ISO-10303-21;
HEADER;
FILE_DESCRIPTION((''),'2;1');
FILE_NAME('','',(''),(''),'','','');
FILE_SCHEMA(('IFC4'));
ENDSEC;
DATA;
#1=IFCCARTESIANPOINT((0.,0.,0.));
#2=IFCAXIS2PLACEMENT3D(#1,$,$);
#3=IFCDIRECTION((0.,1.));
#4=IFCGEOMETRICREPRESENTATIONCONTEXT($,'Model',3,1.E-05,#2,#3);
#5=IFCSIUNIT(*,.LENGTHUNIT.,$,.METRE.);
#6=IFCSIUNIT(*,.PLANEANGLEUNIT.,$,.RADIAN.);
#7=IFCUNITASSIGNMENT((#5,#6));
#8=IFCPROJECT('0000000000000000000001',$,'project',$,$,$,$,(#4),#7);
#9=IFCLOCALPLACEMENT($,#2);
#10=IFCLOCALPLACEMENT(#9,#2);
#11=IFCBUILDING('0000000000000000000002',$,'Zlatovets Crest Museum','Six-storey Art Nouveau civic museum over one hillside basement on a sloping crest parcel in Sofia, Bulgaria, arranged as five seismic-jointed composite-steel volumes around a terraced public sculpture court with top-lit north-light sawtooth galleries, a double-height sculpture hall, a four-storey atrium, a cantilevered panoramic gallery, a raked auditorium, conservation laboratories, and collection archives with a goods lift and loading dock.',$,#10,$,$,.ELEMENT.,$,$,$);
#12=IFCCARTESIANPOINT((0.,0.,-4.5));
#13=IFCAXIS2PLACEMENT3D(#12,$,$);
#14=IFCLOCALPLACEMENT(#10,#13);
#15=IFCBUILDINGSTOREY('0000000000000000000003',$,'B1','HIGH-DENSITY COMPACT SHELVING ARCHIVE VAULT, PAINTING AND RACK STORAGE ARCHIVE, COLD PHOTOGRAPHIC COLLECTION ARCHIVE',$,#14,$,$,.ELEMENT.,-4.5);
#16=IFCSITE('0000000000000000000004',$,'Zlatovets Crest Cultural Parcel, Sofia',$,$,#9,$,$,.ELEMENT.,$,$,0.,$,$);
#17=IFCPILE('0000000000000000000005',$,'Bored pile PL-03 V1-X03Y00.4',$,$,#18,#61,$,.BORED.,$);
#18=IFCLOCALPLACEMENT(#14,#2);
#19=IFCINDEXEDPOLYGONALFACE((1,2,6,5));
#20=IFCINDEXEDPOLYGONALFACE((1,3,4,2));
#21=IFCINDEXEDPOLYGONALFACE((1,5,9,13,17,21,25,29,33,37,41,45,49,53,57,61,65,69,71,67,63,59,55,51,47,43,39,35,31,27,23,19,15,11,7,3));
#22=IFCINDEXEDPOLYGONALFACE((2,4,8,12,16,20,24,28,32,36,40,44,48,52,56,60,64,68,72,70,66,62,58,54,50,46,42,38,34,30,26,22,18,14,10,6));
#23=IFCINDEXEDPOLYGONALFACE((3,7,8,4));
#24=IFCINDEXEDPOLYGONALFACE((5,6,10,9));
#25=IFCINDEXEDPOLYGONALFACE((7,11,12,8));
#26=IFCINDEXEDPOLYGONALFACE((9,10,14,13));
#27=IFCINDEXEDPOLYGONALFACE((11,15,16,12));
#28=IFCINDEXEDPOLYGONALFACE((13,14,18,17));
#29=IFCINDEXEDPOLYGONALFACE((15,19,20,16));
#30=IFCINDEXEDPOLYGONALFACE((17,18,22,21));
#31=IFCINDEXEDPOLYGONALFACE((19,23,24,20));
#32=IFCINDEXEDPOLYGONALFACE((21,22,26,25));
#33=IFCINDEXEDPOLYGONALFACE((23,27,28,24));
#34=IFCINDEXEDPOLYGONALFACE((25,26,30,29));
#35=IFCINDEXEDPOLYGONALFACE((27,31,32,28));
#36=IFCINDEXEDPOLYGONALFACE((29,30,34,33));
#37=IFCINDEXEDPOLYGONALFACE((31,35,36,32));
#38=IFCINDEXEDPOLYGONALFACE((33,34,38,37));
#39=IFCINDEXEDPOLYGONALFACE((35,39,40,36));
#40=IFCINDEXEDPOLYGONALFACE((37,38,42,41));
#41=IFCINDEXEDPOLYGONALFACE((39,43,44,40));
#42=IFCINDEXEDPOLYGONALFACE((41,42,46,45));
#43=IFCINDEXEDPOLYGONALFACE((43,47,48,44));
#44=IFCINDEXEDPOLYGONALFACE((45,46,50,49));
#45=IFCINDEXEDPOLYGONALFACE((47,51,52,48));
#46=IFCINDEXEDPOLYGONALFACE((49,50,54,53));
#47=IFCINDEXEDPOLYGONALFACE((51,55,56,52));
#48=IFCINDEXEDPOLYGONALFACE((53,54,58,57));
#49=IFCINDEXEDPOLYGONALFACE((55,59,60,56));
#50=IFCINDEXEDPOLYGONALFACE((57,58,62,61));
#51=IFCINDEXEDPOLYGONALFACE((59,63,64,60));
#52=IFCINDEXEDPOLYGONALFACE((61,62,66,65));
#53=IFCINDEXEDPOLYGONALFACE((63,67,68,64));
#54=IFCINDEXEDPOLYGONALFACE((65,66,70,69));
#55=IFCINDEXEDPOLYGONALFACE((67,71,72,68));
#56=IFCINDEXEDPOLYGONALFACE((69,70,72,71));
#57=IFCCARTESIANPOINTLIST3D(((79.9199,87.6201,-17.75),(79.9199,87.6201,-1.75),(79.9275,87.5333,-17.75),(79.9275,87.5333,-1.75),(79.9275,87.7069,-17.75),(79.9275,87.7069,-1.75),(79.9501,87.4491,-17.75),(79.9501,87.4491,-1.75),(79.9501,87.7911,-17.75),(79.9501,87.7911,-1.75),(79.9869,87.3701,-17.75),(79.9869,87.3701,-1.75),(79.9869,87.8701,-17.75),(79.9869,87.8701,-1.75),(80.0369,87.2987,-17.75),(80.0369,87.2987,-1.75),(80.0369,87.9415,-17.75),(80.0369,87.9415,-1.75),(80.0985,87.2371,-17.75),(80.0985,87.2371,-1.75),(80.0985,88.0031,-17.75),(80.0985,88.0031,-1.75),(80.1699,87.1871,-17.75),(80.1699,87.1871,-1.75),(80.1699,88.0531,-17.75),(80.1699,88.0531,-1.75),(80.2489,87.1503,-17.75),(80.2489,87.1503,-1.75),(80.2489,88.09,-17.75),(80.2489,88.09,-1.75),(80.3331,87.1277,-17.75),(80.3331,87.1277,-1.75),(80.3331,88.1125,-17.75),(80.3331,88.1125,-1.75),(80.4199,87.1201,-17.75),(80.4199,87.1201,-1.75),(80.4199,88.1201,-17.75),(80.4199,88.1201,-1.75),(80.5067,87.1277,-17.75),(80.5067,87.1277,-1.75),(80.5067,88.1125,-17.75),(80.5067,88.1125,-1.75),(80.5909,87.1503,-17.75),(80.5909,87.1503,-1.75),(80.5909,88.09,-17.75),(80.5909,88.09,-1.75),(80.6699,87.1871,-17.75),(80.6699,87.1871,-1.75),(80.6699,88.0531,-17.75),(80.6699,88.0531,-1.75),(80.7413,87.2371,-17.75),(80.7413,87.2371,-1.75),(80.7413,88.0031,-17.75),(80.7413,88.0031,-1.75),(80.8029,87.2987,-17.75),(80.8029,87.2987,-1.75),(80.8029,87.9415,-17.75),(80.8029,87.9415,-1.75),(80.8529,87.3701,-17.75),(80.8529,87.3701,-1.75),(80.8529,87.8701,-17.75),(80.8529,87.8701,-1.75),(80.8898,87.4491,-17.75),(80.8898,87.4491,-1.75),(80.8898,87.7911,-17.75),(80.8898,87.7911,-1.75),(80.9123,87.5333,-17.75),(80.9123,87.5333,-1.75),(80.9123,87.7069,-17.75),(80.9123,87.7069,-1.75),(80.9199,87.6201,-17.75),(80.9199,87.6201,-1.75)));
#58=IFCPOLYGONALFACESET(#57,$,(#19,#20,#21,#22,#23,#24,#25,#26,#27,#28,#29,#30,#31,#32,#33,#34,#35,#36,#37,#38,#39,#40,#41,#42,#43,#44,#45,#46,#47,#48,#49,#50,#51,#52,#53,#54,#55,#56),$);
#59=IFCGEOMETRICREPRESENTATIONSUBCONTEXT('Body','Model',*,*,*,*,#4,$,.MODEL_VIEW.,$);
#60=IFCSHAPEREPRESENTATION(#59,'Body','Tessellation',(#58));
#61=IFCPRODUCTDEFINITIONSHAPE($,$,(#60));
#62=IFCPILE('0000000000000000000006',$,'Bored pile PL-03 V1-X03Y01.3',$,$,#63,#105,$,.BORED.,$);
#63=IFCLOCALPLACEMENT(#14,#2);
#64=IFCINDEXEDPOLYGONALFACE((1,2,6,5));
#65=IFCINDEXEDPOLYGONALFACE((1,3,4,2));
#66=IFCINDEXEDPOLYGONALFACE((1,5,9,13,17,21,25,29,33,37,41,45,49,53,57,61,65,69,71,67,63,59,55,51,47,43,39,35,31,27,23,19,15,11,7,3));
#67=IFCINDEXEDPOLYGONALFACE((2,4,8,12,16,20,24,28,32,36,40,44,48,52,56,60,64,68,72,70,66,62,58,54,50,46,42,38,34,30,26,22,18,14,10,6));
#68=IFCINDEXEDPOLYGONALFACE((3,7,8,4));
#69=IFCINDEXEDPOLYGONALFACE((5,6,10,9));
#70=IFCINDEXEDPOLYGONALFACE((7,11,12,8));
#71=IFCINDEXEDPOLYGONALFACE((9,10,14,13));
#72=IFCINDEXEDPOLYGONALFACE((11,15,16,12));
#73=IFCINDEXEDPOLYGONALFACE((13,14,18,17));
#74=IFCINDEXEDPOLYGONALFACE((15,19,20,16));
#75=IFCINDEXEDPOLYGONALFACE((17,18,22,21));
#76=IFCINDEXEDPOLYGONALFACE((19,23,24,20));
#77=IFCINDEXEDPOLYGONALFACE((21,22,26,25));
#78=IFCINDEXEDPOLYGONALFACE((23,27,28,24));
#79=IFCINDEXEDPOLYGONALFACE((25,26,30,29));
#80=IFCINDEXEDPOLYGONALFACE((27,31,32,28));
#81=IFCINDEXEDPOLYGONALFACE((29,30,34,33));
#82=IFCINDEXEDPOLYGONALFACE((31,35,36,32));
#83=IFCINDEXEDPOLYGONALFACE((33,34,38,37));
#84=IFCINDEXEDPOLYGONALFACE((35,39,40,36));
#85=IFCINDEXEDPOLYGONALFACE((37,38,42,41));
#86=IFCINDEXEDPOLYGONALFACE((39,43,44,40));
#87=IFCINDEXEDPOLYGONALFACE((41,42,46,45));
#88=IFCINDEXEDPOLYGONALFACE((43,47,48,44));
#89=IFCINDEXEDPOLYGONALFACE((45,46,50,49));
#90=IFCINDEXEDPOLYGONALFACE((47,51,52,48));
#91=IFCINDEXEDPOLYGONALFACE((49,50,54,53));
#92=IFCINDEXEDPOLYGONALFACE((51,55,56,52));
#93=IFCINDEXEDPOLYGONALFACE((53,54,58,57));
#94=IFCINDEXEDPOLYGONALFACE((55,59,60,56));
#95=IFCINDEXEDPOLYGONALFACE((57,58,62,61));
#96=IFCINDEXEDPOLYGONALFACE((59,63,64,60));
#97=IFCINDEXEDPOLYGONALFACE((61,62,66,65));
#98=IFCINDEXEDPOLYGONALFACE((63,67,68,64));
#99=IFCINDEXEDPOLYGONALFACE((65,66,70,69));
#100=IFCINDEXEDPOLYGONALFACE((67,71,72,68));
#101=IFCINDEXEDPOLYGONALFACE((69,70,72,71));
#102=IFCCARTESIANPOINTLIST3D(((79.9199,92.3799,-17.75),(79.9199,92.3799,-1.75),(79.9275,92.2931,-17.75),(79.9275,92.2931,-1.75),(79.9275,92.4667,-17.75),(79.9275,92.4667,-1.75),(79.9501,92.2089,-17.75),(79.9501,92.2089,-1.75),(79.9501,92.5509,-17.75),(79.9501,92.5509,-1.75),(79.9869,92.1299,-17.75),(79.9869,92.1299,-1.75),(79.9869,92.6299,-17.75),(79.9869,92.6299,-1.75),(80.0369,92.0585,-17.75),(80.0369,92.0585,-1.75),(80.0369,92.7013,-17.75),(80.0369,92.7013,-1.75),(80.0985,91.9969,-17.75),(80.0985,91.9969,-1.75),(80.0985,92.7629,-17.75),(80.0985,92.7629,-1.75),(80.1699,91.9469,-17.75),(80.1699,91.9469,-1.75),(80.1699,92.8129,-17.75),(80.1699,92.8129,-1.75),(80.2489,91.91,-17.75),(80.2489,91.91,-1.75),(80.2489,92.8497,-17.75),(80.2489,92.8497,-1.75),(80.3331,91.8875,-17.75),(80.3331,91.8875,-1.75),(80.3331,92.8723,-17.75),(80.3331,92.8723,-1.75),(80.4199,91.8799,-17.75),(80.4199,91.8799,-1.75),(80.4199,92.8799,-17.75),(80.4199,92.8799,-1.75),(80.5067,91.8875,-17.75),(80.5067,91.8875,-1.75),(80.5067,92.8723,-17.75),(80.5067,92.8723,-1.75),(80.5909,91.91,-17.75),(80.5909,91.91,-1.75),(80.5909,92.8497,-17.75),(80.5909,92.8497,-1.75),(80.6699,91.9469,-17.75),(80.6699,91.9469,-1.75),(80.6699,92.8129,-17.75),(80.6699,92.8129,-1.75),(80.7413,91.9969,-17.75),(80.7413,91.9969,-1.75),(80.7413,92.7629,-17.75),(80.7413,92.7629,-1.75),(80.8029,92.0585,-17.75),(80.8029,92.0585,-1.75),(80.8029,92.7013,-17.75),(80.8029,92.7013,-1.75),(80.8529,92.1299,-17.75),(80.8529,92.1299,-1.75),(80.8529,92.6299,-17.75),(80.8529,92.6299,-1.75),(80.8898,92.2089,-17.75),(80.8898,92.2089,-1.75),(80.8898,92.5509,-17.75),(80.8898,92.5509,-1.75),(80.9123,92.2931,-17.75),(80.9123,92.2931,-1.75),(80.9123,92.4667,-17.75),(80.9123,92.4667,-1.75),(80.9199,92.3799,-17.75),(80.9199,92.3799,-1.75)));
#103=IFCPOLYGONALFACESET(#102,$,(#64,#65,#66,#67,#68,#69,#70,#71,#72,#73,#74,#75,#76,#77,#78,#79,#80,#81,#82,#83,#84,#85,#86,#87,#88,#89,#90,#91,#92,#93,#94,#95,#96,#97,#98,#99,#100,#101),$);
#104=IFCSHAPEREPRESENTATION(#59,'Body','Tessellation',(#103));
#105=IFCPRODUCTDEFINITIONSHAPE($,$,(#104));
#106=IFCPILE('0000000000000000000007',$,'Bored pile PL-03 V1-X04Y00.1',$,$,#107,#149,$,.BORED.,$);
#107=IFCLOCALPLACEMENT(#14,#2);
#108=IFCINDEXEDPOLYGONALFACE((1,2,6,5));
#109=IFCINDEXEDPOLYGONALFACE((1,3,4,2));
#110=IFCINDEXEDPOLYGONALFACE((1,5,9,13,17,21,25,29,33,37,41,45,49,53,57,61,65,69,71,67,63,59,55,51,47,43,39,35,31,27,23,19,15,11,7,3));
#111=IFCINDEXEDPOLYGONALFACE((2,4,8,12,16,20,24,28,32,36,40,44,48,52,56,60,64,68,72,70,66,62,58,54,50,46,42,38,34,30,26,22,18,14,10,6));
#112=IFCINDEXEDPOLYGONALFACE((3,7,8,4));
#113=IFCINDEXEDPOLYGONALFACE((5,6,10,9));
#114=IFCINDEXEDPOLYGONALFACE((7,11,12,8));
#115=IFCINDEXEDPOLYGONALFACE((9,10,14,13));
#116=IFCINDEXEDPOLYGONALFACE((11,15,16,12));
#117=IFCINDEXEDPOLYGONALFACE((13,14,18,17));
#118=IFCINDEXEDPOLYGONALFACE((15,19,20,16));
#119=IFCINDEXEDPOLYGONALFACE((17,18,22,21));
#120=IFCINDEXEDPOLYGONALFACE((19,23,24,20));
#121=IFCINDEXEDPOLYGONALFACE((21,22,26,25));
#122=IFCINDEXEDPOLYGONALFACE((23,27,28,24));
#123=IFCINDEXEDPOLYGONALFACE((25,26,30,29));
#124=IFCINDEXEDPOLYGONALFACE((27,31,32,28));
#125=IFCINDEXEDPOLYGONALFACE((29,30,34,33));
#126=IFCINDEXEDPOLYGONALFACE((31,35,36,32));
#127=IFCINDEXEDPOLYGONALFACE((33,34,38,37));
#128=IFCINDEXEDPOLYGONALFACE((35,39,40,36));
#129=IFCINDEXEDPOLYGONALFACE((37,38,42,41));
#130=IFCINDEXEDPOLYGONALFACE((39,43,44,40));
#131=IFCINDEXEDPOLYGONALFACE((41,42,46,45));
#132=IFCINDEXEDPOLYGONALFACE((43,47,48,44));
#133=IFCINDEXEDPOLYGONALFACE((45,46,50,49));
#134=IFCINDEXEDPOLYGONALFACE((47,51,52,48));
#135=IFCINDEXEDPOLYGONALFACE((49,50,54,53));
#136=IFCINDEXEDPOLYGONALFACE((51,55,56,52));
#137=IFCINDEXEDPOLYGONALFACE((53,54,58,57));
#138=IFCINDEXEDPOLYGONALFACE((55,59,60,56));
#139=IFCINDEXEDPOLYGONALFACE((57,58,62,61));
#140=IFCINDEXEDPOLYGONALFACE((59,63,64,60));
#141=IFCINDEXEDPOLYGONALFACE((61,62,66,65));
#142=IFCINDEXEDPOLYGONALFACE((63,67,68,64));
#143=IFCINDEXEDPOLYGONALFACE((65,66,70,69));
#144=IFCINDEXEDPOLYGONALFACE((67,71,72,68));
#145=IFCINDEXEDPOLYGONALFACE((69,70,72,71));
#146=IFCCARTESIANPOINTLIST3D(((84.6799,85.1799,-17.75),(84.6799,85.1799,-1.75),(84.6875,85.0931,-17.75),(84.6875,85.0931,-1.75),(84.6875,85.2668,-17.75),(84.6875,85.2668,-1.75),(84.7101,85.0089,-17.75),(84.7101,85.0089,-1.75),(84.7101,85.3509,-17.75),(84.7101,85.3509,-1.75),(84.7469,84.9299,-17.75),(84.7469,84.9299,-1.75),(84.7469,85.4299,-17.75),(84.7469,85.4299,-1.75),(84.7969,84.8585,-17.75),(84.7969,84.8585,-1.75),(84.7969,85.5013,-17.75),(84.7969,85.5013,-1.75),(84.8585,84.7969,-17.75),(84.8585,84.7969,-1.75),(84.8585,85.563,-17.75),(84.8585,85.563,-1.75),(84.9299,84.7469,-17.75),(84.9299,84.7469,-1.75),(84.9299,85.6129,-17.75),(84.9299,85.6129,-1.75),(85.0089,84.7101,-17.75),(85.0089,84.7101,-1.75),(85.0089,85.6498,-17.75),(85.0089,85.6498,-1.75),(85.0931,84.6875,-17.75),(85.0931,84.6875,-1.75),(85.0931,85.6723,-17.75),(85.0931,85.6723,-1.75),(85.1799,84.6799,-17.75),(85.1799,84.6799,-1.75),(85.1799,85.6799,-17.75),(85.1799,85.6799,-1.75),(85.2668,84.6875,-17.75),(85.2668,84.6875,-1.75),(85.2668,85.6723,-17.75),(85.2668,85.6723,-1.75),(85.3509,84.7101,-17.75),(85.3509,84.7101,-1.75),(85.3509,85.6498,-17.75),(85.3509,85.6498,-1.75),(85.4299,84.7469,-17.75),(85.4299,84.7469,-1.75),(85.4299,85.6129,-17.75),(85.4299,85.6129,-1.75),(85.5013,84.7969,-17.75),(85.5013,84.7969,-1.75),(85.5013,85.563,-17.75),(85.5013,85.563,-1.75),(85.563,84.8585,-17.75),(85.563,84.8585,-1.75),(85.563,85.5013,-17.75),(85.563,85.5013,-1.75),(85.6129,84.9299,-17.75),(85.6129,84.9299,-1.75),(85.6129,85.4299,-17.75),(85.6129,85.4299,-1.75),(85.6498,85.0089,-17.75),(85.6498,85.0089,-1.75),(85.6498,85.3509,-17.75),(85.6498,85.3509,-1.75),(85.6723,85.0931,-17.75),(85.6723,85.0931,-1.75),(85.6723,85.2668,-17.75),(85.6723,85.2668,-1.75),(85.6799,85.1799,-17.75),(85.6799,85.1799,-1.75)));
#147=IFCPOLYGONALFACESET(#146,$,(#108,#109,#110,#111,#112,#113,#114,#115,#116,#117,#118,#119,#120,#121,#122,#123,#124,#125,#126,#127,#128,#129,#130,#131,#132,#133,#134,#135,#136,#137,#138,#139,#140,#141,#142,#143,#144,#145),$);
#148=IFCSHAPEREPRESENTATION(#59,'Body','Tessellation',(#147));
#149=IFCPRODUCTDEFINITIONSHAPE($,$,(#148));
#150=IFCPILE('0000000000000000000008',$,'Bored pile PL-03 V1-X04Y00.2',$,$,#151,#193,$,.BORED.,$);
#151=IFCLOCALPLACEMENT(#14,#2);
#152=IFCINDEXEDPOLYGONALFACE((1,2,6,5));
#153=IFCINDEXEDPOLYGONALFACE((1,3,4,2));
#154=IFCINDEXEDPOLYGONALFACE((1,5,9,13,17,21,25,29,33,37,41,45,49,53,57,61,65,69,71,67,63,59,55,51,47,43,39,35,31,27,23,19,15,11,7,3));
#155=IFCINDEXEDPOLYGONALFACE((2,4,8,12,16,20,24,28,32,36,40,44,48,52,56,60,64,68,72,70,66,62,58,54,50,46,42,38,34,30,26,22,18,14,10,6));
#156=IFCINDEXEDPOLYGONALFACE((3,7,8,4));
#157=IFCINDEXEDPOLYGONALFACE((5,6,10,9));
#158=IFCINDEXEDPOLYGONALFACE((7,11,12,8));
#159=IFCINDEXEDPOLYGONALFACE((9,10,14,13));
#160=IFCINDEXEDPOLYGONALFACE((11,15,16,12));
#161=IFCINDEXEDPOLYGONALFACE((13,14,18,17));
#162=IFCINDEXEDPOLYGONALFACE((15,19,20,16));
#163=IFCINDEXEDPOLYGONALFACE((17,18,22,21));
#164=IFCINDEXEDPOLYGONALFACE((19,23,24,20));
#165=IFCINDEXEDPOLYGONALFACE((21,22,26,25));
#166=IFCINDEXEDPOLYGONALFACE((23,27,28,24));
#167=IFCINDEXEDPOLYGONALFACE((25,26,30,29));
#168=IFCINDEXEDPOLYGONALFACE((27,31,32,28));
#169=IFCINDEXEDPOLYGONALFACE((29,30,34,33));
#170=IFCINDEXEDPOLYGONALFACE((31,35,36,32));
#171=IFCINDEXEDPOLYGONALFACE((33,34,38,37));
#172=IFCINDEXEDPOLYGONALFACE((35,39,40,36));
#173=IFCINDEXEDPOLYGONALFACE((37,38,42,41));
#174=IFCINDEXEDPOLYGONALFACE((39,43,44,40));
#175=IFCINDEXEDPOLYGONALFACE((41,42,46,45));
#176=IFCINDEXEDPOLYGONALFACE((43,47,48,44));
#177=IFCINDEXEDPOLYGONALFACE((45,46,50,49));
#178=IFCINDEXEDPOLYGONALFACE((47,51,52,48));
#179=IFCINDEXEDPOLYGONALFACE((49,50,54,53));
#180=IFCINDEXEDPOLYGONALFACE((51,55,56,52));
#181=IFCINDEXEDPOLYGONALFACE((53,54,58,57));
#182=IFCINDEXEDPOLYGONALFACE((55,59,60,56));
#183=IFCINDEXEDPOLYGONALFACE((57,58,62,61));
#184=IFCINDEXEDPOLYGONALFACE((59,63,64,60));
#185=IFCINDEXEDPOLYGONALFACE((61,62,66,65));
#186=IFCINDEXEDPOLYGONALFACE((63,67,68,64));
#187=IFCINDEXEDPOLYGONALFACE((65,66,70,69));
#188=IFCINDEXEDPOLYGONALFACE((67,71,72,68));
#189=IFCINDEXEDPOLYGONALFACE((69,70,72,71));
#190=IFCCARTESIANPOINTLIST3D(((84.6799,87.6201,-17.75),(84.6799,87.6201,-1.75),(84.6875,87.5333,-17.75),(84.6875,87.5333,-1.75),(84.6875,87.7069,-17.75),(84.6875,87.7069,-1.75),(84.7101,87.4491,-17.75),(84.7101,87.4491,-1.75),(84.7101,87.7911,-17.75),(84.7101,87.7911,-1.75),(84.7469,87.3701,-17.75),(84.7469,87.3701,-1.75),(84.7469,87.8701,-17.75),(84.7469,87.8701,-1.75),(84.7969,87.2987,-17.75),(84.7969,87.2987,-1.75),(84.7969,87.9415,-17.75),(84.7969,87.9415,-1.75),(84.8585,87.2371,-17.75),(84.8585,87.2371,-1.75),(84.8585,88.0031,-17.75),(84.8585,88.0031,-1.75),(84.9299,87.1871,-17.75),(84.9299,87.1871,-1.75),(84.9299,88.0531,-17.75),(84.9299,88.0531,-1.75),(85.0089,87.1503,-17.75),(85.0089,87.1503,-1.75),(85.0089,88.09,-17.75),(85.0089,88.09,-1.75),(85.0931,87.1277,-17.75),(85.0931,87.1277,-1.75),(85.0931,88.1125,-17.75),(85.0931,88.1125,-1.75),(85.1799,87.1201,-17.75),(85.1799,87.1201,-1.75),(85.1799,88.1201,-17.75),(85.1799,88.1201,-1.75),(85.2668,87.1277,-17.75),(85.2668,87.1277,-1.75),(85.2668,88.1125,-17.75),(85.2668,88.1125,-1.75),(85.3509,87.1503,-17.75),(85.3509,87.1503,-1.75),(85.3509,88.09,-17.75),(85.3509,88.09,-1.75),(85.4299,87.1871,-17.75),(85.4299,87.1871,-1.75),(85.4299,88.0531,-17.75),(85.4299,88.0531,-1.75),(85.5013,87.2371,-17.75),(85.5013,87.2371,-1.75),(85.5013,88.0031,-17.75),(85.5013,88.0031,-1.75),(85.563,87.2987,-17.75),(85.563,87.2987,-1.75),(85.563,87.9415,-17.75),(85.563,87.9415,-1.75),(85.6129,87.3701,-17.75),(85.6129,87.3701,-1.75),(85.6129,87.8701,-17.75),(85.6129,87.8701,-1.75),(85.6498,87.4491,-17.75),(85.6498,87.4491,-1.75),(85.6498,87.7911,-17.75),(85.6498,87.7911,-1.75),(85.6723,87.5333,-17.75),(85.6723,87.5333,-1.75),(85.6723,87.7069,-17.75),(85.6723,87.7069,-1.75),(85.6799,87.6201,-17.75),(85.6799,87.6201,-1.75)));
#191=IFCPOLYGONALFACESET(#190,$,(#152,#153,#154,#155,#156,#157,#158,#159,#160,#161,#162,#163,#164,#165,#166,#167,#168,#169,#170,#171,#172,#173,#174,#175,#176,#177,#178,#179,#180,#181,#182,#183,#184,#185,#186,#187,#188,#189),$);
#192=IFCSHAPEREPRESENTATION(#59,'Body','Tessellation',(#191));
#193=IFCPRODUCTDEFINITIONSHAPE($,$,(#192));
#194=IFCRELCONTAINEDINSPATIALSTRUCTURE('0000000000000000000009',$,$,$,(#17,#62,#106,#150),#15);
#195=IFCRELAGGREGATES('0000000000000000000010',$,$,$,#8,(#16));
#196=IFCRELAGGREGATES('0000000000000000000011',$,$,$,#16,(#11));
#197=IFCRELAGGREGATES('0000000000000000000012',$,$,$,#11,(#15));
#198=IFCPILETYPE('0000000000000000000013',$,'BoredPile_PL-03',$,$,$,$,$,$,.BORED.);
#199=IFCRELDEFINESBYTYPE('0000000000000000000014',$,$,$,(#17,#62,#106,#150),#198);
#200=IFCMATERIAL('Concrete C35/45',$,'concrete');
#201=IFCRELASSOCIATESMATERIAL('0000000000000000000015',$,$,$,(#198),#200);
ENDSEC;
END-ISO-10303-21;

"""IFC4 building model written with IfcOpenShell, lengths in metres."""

from ifc_helpers import new_model, si_unit, direction, frame, origin, origin_2d, place, context, subcontext, project, spatial, circle, extrude, material, material_profile, profile_set, type_object, element, save


model = new_model("IFC4")

# Units and contexts
model_context = context("Model", 3, precision=1e-05, world=origin(), true_north=direction((0.0, 1.0)))
body_context = subcontext(model_context, "Body", "Model", "MODEL_VIEW")
ifc_project = project(units=[si_unit("LENGTHUNIT", "METRE"), si_unit("PLANEANGLEUNIT", "RADIAN")], contexts=[model_context])

# Site, building, storey
site_placement = place(None, origin())
site = spatial("IfcSite", under=ifc_project, at=site_placement, Name="Zlatovets Crest Cultural Parcel, Sofia", CompositionType="ELEMENT", RefElevation=0.0)
building_placement = place(site_placement, origin())
building = spatial("IfcBuilding", under=site, at=building_placement, Name="Zlatovets Crest Museum", Description="Six-storey Art Nouveau civic museum over one hillside basement on a sloping crest parcel in Sofia, Bulgaria, arranged as five seismic-jointed composite-steel volumes around a terraced public sculpture court with top-lit north-light sawtooth galleries, a double-height sculpture hall, a four-storey atrium, a cantilevered panoramic gallery, a raked auditorium, conservation laboratories, and collection archives with a goods lift and loading dock.", CompositionType="ELEMENT")
storey_placement = place(building_placement, frame((0.0, 0.0, -4.5)))
storey = spatial("IfcBuildingStorey", under=building, at=storey_placement, Name="B1", Description="HIGH-DENSITY COMPACT SHELVING ARCHIVE VAULT, PAINTING AND RACK STORAGE ARCHIVE, COLD PHOTOGRAPHIC COLLECTION ARCHIVE", CompositionType="ELEMENT", Elevation=-4.5)

# Piles
ifc_material_1 = material(Name="Concrete C35/45", Category="concrete")
ifc_material_profile_1 = material_profile(ifc_material_1, circle(Radius=0.5, at=origin_2d()), Name="PILE D1000")
ifc_profile_set_1 = profile_set([ifc_material_profile_1], Name="Concrete C35/45")
pile_type_1 = type_object("IfcPileType", Name="BoredPile_PL-03", PredefinedType="BORED", material=ifc_profile_set_1)
for number, where, z_axis, x_axis, name in (
    (1, (80.4199, 87.6201, -1.75), (0.0, 0.0, -1.0), (1.0, 0.0, 0.0), "Bored pile PL-03 V1-X03Y00.4"),
    (2, (80.4199, 92.3799, -1.75), (0.0, 0.0, -1.0), (1.0, 0.0, 0.0), "Bored pile PL-03 V1-X03Y01.3"),
    (3, (85.1799, 85.1799, -1.75), (0.0, 0.0, -1.0), (1.0, 0.0, 0.0), "Bored pile PL-03 V1-X04Y00.1"),
    (4, (85.1799, 87.6201, -1.75), (0.0, 0.0, -1.0), (1.0, 0.0, 0.0), "Bored pile PL-03 V1-X04Y00.2"),
):
    element("IfcPile", number, at=place(storey_placement, frame(where, z_axis=z_axis, x_axis=x_axis)), inside=storey, type_object=pile_type_1, Name=name, PredefinedType="BORED", context=body_context, shape_type="SweptSolid", body=[
        extrude(circle(Radius=0.5, at=origin_2d()), origin(), (0.0, 0.0, 1.0), 16.0),
    ])

save(model, "model.ifc")
